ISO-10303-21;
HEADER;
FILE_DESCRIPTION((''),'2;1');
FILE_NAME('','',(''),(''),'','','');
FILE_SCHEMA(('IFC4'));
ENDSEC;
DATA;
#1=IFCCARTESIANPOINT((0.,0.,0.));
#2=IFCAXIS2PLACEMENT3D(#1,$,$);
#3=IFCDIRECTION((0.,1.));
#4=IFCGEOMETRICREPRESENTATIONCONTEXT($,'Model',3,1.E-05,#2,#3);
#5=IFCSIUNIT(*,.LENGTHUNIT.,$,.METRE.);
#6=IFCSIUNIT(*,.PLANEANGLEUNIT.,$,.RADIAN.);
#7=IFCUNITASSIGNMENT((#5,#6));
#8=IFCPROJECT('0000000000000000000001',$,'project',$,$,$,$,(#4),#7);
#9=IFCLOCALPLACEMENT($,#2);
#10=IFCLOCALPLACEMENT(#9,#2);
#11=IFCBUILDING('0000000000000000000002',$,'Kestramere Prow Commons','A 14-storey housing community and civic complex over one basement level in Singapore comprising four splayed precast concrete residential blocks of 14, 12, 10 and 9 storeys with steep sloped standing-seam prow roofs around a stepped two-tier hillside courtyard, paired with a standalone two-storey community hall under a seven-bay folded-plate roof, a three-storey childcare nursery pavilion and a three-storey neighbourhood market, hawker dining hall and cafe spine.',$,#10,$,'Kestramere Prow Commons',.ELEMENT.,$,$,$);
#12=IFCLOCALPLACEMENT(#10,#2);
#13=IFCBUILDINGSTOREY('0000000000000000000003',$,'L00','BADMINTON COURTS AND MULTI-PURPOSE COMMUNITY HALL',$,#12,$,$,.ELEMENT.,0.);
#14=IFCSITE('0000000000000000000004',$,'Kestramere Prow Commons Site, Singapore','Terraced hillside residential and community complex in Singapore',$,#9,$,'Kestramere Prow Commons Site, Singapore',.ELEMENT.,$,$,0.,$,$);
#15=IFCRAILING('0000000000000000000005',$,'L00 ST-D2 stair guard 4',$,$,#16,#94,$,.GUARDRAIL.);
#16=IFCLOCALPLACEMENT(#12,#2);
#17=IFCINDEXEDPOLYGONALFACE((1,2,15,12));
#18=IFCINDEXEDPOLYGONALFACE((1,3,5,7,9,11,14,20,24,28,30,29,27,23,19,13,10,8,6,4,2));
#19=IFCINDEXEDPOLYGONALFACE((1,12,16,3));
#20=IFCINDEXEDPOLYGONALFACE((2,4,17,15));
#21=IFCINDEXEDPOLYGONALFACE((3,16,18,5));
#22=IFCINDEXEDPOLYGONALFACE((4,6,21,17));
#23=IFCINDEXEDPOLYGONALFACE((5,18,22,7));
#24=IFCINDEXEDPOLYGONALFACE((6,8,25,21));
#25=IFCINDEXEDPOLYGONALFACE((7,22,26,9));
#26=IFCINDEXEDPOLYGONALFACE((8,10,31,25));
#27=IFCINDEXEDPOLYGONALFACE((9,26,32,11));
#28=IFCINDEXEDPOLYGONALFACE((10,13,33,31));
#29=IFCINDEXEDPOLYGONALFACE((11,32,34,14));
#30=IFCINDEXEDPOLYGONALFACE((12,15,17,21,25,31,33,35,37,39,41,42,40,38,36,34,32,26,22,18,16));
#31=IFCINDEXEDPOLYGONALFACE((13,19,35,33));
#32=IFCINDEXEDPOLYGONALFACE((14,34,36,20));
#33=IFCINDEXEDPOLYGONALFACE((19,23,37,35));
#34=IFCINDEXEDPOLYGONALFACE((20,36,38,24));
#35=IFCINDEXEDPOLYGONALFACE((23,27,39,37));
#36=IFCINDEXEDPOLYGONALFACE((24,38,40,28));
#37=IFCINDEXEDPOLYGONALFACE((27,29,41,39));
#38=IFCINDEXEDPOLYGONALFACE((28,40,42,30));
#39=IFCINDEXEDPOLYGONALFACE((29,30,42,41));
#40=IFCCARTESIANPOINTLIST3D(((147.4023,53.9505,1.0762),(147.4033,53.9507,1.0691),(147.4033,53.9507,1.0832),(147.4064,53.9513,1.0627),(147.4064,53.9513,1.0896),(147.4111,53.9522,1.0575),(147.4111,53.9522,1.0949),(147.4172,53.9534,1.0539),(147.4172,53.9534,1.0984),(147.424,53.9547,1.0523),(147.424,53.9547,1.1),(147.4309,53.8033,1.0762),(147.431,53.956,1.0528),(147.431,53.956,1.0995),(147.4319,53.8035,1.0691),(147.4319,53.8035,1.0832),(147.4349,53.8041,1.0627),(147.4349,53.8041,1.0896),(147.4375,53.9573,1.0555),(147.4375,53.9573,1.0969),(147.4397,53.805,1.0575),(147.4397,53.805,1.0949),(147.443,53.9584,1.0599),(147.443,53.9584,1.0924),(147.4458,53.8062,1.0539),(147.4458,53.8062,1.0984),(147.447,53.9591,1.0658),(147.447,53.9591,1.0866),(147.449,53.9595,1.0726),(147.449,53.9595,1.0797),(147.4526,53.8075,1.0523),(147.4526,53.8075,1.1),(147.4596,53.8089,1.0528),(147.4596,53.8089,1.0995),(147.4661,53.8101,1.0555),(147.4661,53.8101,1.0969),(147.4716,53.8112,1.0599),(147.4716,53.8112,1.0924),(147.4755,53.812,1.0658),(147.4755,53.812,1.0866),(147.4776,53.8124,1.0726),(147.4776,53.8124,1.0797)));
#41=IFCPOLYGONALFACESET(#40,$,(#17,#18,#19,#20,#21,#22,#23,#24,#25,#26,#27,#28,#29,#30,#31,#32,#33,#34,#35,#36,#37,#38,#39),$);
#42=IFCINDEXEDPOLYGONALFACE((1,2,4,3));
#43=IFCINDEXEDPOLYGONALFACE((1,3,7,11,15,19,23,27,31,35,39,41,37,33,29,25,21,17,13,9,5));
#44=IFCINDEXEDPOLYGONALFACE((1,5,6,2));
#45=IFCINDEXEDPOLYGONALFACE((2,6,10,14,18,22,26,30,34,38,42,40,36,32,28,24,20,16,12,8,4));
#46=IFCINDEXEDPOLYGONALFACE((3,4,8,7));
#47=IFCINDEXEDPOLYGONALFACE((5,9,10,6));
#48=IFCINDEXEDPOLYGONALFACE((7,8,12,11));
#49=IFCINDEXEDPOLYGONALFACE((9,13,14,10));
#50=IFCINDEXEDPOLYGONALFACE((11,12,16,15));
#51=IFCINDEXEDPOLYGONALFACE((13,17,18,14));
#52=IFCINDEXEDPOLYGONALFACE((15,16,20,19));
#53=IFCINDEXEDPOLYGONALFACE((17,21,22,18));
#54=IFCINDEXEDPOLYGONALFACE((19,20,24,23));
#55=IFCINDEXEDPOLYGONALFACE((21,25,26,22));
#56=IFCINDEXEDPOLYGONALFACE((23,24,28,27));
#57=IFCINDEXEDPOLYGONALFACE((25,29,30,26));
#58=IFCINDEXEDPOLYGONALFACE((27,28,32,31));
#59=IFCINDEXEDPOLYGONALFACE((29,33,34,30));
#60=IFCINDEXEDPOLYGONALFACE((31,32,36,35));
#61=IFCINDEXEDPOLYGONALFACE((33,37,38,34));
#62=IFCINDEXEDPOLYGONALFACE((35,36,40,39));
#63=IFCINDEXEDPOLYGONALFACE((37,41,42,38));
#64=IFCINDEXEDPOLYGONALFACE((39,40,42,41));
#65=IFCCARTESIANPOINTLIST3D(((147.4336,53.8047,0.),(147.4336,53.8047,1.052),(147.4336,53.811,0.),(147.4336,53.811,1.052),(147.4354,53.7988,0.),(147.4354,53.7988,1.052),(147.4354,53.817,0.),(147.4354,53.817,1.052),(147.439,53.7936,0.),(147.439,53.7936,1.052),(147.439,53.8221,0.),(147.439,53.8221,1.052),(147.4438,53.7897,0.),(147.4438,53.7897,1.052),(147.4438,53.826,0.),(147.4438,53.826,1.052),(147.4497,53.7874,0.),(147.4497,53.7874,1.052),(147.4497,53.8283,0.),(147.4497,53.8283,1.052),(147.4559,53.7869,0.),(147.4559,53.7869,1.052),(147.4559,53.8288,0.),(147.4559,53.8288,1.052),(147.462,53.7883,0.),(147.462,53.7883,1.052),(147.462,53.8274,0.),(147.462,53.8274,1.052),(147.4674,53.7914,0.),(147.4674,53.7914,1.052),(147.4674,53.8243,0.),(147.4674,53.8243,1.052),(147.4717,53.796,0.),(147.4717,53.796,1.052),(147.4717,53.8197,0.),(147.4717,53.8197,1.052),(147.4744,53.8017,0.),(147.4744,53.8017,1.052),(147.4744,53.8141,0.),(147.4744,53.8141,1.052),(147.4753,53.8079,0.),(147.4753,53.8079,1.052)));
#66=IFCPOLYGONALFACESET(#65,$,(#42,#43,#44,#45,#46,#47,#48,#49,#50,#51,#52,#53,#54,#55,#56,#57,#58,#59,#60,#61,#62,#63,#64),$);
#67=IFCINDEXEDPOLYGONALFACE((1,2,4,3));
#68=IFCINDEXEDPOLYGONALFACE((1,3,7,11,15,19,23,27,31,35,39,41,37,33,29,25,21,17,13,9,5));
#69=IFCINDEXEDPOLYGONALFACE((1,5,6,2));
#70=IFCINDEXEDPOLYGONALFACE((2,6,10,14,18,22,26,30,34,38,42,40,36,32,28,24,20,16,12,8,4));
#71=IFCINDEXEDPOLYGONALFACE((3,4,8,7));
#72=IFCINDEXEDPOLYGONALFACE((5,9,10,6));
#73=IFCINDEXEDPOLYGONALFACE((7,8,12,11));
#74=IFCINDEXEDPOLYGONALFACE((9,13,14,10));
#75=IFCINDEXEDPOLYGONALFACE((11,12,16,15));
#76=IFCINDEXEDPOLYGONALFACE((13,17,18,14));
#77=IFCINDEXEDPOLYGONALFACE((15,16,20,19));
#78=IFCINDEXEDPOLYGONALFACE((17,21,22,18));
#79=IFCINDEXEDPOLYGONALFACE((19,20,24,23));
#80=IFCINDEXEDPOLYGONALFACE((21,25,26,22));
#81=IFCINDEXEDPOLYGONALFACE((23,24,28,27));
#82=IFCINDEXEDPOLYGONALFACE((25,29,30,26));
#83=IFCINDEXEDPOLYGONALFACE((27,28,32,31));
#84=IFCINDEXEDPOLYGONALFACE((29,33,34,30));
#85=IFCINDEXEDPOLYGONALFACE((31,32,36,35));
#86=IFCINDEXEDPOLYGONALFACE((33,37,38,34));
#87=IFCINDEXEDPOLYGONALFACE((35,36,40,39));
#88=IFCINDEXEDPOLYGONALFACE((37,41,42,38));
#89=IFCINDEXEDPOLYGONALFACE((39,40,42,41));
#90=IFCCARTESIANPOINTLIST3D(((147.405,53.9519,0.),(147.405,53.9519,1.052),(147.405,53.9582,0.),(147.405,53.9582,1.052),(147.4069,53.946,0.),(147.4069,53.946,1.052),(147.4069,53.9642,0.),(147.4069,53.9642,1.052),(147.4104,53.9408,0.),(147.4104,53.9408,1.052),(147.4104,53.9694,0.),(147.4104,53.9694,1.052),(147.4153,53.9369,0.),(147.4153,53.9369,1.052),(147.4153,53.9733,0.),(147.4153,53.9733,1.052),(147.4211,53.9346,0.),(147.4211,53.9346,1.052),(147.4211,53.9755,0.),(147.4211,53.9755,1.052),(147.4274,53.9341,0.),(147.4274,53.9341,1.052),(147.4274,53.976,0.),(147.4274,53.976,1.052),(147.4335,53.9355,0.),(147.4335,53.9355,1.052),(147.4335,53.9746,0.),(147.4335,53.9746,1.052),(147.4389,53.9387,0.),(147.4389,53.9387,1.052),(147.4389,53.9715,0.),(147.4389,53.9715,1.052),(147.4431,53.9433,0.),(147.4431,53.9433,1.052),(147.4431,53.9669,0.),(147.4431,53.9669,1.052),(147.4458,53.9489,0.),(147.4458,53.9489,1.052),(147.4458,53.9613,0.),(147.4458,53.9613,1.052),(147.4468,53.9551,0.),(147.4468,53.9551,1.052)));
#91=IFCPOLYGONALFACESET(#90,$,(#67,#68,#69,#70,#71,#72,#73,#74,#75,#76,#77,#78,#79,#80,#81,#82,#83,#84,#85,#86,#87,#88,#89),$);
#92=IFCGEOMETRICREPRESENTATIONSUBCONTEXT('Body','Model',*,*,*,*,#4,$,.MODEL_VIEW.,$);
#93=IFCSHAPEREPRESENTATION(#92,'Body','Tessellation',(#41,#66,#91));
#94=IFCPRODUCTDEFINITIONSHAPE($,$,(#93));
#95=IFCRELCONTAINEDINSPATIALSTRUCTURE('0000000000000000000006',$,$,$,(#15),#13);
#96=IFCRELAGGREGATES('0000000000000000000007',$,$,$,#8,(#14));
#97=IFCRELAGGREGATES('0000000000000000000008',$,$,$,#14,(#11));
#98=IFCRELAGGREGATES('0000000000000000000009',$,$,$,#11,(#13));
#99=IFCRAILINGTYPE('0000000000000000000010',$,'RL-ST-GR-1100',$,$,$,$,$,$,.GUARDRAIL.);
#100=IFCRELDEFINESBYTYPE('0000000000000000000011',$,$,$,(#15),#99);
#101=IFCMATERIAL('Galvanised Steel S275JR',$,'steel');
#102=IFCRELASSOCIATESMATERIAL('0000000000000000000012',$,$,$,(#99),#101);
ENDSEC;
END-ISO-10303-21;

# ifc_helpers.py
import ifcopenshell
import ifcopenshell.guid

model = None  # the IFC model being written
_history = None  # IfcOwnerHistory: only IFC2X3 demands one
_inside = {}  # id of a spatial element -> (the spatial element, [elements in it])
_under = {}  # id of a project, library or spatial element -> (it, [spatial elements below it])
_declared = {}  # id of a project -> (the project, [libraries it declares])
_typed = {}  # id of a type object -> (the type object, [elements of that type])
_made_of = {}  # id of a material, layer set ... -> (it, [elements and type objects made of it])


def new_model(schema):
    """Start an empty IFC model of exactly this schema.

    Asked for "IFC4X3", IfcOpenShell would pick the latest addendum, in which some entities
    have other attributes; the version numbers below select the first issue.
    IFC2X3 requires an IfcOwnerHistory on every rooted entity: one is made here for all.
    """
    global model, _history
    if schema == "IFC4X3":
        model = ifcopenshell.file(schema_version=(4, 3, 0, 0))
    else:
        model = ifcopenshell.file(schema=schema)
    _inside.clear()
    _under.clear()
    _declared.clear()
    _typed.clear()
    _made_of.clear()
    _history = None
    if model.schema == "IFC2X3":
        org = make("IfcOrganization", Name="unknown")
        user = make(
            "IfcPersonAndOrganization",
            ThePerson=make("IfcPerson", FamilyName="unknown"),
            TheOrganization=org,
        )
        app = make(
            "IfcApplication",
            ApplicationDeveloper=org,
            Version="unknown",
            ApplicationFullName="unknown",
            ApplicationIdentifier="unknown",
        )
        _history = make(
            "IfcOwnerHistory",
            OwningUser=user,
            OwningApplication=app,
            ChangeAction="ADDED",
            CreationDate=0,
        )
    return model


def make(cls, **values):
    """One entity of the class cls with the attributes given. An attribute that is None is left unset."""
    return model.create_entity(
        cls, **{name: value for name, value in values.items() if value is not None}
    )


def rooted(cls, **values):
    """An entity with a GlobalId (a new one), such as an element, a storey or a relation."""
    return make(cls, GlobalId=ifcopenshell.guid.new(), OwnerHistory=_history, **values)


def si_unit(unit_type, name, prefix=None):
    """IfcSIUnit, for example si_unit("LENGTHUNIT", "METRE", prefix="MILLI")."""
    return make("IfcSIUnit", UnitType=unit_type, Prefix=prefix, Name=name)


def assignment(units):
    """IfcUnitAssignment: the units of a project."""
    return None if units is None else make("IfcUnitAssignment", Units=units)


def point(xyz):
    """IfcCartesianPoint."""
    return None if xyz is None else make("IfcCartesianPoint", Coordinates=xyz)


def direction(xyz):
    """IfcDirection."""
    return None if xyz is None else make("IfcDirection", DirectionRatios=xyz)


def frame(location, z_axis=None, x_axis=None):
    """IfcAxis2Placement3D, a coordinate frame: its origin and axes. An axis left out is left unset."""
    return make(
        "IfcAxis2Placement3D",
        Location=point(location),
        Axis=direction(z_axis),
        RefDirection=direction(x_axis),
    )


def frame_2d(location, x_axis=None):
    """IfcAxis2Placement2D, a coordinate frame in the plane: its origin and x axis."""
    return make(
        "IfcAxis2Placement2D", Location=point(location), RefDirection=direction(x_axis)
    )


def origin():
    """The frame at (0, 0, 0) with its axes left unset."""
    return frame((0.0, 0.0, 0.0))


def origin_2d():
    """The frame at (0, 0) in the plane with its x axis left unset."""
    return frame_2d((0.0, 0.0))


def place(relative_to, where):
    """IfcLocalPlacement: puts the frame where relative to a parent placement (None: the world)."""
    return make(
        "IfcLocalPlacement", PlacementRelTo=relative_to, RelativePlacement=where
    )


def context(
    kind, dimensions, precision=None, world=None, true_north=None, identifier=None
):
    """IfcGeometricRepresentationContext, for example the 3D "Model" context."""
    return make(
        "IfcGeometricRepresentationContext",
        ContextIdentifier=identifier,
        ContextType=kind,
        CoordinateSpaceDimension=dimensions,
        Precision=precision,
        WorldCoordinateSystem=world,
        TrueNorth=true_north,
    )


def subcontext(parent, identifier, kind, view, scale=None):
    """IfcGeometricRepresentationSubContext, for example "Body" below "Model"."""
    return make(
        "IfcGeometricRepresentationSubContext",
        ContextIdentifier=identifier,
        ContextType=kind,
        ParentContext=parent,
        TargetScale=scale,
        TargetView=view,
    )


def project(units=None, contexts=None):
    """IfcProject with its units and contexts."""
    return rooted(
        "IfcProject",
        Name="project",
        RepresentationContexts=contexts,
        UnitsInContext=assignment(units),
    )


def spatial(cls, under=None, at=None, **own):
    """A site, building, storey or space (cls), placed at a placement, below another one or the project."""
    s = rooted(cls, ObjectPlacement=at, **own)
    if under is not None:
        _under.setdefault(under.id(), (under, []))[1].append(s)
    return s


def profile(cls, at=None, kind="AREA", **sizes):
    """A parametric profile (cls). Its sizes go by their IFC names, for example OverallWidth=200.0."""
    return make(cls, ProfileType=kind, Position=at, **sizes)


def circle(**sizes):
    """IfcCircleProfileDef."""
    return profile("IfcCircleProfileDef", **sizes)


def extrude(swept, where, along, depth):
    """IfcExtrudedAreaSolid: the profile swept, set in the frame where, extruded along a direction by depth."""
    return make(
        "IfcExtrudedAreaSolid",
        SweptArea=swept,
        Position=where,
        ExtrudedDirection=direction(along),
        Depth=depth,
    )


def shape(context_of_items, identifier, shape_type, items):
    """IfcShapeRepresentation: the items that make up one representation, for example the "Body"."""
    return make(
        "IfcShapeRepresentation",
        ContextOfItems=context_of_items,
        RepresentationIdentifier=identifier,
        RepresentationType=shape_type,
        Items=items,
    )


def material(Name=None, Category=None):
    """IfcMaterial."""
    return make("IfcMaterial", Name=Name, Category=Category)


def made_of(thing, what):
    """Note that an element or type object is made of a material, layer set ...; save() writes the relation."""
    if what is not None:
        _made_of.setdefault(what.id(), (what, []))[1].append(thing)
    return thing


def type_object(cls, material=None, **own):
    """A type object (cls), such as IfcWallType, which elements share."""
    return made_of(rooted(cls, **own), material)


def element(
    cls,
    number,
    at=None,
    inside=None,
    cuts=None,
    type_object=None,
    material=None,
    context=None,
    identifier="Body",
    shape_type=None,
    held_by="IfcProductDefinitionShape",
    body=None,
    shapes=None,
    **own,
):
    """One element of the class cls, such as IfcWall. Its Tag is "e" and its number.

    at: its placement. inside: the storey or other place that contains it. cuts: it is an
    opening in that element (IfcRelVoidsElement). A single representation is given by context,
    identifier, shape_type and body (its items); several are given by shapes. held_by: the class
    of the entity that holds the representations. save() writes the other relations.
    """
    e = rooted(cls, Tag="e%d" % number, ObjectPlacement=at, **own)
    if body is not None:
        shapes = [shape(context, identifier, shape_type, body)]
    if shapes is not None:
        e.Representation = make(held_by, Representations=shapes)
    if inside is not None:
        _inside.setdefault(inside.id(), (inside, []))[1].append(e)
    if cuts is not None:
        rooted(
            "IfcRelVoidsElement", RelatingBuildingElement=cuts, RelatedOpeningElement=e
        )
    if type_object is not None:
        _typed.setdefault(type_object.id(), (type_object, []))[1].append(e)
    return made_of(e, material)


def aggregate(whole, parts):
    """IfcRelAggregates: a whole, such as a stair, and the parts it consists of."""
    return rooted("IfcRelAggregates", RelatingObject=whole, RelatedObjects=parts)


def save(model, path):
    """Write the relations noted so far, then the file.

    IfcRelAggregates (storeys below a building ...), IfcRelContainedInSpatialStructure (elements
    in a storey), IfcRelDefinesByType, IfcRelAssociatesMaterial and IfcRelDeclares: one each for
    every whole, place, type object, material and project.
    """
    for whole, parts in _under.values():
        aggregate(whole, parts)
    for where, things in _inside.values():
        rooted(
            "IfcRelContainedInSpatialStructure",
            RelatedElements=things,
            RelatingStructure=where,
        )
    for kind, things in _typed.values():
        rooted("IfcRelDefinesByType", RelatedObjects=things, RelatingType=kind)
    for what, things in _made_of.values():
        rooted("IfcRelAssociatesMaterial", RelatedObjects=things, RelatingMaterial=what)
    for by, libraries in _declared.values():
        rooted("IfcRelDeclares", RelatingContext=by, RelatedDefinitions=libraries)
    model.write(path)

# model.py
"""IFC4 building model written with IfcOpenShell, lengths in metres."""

from ifc_helpers import new_model, si_unit, direction, frame, origin, origin_2d, place, context, subcontext, project, spatial, circle, extrude, material, type_object, element, save


model = new_model("IFC4")

# Units and contexts
model_context = context("Model", 3, precision=1e-05, world=origin(), true_north=direction((0.0, 1.0)))
body_context = subcontext(model_context, "Body", "Model", "MODEL_VIEW")
ifc_project = project(units=[si_unit("LENGTHUNIT", "METRE"), si_unit("PLANEANGLEUNIT", "RADIAN")], contexts=[model_context])

# Site, building, storey
site_placement = place(None, origin())
site = spatial("IfcSite", under=ifc_project, at=site_placement, Name="Kestramere Prow Commons Site, Singapore", Description="Terraced hillside residential and community complex in Singapore", LongName="Kestramere Prow Commons Site, Singapore", CompositionType="ELEMENT", RefElevation=0.0)
building_placement = place(site_placement, origin())
building = spatial("IfcBuilding", under=site, at=building_placement, Name="Kestramere Prow Commons", Description="A 14-storey housing community and civic complex over one basement level in Singapore comprising four splayed precast concrete residential blocks of 14, 12, 10 and 9 storeys with steep sloped standing-seam prow roofs around a stepped two-tier hillside courtyard, paired with a standalone two-storey community hall under a seven-bay folded-plate roof, a three-storey childcare nursery pavilion and a three-storey neighbourhood market, hawker dining hall and cafe spine.", LongName="Kestramere Prow Commons", CompositionType="ELEMENT")
storey_placement = place(building_placement, origin())
storey = spatial("IfcBuildingStorey", under=building, at=storey_placement, Name="L00", Description="BADMINTON COURTS AND MULTI-PURPOSE COMMUNITY HALL", CompositionType="ELEMENT", Elevation=0.0)

# Railing
ifc_material_1 = material(Name="Galvanised Steel S275JR", Category="steel")
railing_type_1 = type_object("IfcRailingType", Name="RL-ST-GR-1100", PredefinedType="GUARDRAIL", material=ifc_material_1)
railing_1_placement = place(storey_placement, frame((147.4543, 53.8079, 0.0)))
element("IfcRailing", 1, at=railing_1_placement, inside=storey, type_object=railing_type_1, Name="L00 ST-D2 stair guard 4", PredefinedType="GUARDRAIL", context=body_context, shape_type="SweptSolid", body=[
    extrude(circle(Radius=0.0239, at=origin_2d()), frame((0.0, 0.0, 1.0762), z_axis=(-0.190477, 0.981692, 0.0), x_axis=(-0.981692, -0.190477, 0.0)), (0.0, 0.0, 1.0), 0.1499),
    extrude(circle(Radius=0.021, at=origin_2d()), origin(), (0.0, 0.0, 1.0), 1.052),
    extrude(circle(Radius=0.021, at=origin_2d()), frame((-0.0286, 0.1472, 0.0)), (0.0, 0.0, 1.0), 1.052),
])

save(model, "model.ifc")
